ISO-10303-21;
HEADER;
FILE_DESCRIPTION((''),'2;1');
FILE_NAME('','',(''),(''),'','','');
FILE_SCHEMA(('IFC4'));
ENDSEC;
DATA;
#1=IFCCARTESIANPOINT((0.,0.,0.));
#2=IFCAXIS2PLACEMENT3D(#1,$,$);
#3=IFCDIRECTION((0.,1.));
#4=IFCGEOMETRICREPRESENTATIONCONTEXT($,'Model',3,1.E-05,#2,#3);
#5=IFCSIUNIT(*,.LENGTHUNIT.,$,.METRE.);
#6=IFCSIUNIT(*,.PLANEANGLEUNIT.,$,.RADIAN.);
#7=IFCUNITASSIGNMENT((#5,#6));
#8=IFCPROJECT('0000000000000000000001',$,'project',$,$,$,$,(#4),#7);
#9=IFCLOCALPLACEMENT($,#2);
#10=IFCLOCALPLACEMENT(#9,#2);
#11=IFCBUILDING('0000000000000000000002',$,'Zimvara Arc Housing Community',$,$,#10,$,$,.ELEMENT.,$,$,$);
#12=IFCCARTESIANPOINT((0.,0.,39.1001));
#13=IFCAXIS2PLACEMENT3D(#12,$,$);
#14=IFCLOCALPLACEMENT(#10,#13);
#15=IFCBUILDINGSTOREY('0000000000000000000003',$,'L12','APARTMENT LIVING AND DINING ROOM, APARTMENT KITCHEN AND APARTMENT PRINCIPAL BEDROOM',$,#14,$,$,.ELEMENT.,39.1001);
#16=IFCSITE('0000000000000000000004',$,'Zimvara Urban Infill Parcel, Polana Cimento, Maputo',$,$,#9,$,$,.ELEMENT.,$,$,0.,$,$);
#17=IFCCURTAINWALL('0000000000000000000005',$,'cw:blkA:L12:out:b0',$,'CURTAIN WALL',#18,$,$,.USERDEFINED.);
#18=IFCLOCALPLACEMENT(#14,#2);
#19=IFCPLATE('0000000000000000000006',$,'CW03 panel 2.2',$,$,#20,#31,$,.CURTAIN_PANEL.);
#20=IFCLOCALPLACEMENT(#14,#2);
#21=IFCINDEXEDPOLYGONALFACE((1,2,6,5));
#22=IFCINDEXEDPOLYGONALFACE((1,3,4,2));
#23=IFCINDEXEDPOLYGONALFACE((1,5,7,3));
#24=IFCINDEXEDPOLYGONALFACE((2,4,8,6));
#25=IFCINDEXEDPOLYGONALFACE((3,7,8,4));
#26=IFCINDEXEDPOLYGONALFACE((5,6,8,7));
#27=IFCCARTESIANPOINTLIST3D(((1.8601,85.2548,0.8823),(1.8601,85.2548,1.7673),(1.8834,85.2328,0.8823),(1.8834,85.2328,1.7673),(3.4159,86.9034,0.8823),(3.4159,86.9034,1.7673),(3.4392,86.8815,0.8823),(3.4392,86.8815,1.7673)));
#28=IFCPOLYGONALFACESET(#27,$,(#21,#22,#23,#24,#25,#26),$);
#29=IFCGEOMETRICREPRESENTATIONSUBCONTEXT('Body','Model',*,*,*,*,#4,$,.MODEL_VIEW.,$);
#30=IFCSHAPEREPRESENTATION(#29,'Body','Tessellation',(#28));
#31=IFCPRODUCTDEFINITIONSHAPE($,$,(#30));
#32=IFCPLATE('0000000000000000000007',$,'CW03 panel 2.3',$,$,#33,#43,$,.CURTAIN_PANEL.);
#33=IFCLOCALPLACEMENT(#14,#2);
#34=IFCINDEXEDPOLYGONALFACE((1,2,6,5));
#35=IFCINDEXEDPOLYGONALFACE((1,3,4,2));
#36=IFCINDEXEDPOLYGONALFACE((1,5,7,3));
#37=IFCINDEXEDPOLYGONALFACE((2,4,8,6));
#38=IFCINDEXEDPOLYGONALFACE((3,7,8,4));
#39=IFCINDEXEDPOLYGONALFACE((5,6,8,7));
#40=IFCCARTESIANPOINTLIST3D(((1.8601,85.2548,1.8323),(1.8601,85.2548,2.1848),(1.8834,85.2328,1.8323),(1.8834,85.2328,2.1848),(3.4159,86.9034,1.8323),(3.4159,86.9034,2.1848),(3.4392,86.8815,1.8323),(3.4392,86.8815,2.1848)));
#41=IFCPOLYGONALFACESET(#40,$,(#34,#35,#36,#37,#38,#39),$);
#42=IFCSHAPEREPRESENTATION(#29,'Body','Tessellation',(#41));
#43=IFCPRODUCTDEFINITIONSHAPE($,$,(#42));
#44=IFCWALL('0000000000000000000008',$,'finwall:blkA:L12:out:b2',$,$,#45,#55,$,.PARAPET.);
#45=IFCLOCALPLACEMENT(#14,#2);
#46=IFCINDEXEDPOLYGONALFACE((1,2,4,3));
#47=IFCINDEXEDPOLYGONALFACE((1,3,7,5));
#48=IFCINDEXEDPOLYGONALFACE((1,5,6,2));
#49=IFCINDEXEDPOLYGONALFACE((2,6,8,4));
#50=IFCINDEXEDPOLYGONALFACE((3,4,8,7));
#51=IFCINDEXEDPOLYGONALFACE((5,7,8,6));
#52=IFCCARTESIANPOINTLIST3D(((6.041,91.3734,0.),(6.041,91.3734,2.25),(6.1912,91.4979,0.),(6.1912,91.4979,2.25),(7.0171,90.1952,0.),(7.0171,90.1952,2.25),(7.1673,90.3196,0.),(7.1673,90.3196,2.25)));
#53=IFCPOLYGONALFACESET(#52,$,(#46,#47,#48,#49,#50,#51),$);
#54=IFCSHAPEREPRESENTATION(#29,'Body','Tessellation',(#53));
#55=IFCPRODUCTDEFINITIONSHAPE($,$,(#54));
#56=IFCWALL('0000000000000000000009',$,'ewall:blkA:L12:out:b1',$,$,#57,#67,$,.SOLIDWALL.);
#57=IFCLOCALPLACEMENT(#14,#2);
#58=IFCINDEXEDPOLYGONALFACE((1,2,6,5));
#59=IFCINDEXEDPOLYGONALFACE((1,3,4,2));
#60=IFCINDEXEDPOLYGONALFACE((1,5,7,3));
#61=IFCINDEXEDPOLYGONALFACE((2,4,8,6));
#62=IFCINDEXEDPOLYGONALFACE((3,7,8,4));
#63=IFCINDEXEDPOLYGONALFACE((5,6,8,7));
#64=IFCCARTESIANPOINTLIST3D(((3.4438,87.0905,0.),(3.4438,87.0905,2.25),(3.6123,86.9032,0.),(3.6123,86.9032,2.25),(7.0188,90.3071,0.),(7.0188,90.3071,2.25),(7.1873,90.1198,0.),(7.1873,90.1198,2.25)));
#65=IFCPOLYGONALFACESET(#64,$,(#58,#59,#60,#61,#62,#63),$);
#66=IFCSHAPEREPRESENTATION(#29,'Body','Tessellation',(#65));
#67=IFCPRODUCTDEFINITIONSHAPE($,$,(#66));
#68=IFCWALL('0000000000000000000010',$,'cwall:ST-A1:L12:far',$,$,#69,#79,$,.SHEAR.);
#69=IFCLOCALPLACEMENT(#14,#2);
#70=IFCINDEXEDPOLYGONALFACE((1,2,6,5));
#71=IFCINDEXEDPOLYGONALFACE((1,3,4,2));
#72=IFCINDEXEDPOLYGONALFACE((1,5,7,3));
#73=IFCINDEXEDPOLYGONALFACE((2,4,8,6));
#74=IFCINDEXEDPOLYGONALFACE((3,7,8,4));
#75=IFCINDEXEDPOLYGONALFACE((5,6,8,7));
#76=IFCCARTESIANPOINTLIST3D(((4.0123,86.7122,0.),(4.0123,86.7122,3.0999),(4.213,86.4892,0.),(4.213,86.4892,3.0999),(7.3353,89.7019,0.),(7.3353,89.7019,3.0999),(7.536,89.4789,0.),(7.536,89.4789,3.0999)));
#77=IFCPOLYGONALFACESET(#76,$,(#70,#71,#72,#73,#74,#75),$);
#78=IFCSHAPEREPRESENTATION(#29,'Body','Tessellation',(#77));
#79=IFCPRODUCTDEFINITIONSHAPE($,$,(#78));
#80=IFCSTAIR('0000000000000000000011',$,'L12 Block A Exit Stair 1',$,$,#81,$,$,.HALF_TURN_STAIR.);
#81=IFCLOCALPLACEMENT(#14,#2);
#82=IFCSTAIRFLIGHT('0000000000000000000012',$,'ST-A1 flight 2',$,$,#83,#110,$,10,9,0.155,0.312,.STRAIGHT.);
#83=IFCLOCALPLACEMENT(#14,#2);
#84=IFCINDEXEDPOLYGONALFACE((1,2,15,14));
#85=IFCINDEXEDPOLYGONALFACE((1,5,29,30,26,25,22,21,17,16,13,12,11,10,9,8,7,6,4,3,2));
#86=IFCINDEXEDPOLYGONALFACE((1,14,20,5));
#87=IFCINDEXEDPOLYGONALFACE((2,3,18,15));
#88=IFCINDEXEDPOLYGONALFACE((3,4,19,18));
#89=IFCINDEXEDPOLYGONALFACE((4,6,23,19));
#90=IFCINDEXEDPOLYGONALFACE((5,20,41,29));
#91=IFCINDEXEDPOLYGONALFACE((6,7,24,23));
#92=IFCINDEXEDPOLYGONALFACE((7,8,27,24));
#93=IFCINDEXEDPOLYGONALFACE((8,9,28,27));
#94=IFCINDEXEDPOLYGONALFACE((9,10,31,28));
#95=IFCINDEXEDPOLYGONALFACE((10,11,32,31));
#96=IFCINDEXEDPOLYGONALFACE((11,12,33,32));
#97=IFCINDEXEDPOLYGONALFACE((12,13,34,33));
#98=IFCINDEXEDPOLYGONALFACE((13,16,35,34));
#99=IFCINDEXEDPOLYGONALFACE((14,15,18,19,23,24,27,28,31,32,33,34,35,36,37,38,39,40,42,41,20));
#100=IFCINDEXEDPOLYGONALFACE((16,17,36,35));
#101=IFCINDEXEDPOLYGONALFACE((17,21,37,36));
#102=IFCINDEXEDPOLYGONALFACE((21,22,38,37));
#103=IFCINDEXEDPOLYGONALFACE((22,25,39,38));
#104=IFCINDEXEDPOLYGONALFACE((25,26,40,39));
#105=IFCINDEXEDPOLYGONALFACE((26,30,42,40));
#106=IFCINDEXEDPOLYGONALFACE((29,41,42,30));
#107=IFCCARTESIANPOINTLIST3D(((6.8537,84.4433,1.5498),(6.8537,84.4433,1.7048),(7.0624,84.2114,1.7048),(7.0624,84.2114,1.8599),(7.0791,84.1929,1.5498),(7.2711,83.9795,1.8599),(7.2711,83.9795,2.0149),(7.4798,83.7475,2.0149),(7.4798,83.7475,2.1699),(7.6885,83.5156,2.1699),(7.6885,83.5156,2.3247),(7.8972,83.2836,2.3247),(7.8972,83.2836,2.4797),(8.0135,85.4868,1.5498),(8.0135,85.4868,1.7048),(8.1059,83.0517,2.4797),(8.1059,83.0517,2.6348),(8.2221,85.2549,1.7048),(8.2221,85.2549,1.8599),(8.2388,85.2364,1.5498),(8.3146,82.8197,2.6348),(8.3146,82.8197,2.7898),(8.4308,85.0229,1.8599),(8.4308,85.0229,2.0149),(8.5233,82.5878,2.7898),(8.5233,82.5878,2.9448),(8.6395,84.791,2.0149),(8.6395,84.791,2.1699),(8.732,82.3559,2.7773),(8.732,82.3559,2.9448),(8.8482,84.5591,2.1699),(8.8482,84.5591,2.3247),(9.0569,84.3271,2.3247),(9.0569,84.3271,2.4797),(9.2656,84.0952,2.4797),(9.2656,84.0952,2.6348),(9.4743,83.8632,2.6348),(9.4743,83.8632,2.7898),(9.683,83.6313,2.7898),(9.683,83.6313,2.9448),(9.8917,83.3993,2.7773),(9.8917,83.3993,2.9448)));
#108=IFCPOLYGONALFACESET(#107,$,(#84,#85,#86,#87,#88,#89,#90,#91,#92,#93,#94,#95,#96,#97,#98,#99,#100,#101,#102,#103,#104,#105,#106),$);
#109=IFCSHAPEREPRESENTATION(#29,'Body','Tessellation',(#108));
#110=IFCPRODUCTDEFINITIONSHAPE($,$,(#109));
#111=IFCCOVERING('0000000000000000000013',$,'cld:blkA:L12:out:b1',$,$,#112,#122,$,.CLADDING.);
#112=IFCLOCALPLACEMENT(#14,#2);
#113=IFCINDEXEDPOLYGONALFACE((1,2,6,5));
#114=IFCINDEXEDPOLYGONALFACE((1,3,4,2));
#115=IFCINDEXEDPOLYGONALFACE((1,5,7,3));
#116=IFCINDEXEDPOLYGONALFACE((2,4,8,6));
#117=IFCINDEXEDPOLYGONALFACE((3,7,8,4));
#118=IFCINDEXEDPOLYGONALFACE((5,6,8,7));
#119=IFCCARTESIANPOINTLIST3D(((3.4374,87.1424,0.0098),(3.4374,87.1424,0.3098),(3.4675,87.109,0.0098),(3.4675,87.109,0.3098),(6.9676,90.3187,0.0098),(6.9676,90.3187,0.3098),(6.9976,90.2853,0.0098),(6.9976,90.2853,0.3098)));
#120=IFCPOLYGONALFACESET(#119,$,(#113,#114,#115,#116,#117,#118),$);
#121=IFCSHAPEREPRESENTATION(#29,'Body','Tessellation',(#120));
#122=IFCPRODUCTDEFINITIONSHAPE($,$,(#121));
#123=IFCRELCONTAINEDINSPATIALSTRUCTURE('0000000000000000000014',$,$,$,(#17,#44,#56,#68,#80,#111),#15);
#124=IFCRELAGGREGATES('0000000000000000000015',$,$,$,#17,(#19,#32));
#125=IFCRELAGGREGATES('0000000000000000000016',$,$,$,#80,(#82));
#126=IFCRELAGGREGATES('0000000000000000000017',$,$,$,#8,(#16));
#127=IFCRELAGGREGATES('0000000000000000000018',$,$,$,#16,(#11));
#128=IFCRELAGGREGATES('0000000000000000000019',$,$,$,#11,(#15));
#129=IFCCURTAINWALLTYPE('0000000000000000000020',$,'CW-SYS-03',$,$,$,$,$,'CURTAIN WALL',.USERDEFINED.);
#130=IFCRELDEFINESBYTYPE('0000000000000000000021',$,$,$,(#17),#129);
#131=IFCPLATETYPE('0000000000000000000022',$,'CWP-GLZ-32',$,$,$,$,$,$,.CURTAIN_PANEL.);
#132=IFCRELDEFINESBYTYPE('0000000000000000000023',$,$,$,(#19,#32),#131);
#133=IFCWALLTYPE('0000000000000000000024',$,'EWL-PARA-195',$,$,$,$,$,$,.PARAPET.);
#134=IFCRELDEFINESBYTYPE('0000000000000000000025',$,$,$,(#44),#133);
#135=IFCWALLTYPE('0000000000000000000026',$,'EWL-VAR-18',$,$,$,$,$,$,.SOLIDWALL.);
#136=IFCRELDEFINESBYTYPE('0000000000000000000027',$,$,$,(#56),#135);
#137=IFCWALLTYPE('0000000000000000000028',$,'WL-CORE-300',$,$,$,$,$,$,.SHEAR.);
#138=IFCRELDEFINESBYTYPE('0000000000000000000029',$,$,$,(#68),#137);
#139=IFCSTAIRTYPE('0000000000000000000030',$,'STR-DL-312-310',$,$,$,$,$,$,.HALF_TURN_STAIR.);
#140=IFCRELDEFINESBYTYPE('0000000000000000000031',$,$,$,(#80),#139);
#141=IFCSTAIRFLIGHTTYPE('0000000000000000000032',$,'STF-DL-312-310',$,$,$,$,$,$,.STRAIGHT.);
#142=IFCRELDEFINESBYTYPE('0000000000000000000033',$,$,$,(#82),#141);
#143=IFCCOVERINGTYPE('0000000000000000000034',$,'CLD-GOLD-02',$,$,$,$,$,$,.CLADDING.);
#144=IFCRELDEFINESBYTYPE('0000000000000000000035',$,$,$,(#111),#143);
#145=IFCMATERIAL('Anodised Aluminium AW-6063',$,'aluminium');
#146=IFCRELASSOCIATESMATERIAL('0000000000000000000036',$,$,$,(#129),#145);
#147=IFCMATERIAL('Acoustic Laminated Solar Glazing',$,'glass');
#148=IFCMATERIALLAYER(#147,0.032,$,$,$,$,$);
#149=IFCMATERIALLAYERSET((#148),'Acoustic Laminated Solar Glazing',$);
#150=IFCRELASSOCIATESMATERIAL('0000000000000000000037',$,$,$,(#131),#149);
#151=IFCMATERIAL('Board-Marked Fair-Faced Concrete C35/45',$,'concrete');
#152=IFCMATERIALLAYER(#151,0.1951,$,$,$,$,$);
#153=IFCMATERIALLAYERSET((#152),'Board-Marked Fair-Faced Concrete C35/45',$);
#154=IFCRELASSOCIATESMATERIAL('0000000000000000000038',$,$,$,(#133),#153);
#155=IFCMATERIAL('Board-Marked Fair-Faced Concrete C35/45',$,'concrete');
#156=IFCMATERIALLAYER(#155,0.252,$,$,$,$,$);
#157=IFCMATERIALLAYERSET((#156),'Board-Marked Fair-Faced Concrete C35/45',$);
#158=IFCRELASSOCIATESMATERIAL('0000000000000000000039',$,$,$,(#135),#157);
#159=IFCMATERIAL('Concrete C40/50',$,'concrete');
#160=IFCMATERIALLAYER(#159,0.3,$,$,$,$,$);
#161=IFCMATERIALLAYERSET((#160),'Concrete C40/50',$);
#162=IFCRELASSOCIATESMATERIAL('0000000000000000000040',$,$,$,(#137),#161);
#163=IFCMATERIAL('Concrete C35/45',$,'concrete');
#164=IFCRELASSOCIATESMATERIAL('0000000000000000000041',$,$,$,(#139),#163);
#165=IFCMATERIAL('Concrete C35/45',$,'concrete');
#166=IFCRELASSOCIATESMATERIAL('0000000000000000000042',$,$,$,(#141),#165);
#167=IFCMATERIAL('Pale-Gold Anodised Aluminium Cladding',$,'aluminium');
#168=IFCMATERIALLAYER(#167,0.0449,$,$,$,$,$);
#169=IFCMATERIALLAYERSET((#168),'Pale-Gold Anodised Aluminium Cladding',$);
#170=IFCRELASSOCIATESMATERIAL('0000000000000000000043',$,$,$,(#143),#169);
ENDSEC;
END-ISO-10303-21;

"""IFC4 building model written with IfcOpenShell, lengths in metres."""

from ifc_helpers import new_model, si_unit, direction, frame, frame_2d, origin, origin_2d, place, context, subcontext, project, spatial, polyline, rectangle, outline, extrude, material, layer, layer_set, type_object, element, aggregate, save


model = new_model("IFC4")

# Units and contexts
model_context = context("Model", 3, precision=1e-05, world=origin(), true_north=direction((0.0, 1.0)))
body_context = subcontext(model_context, "Body", "Model", "MODEL_VIEW")
ifc_project = project(units=[si_unit("LENGTHUNIT", "METRE"), si_unit("PLANEANGLEUNIT", "RADIAN")], contexts=[model_context])

# Site, building, storey
site_placement = place(None, origin())
site = spatial("IfcSite", under=ifc_project, at=site_placement, Name="Zimvara Urban Infill Parcel, Polana Cimento, Maputo", CompositionType="ELEMENT", RefElevation=0.0)
building_placement = place(site_placement, origin())
building = spatial("IfcBuilding", under=site, at=building_placement, Name="Zimvara Arc Housing Community", CompositionType="ELEMENT")
storey_placement = place(building_placement, frame((0.0, 0.0, 39.1001)))
storey = spatial("IfcBuildingStorey", under=building, at=storey_placement, Name="L12", Description="APARTMENT LIVING AND DINING ROOM, APARTMENT KITCHEN AND APARTMENT PRINCIPAL BEDROOM", CompositionType="ELEMENT", Elevation=39.1001)

# Curtain wall
ifc_material_1 = material(Name="Anodised Aluminium AW-6063", Category="aluminium")
curtain_wall_type_1 = type_object("IfcCurtainWallType", Name="CW-SYS-03", ElementType="CURTAIN WALL", PredefinedType="USERDEFINED", material=ifc_material_1)
curtain_wall_1_placement = place(storey_placement, origin())
curtain_wall_1 = element("IfcCurtainWall", 1, at=curtain_wall_1_placement, inside=storey, type_object=curtain_wall_type_1, Name="cw:blkA:L12:out:b0", ObjectType="CURTAIN WALL", PredefinedType="USERDEFINED")

# Plates
ifc_material_2 = material(Name="Acoustic Laminated Solar Glazing", Category="glass")
ifc_layer_1 = layer(ifc_material_2, 0.032)
ifc_layer_set_1 = layer_set([ifc_layer_1], Name="Acoustic Laminated Solar Glazing")
plate_type = type_object("IfcPlateType", Name="CWP-GLZ-32", PredefinedType="CURTAIN_PANEL", material=ifc_layer_set_1)
plate_1_placement = place(storey_placement, frame((2.6497, 86.0681, 0.8823), z_axis=(0.0, 0.0, 1.0), x_axis=(0.686326, 0.727294, 0.0)))
plate_1 = element("IfcPlate", 2, at=plate_1_placement, type_object=plate_type, Name="CW03 panel 2.2", PredefinedType="CURTAIN_PANEL", context=body_context, shape_type="SweptSolid", body=[
    extrude(rectangle(XDim=2.2668, YDim=0.032, at=origin_2d()), origin(), (0.0, 0.0, 1.0), 0.885),
])
plate_2_placement = place(storey_placement, frame((2.6497, 86.0681, 1.8323), z_axis=(0.0, 0.0, 1.0), x_axis=(0.686326, 0.727294, 0.0)))
plate_2 = element("IfcPlate", 3, at=plate_2_placement, type_object=plate_type, Name="CW03 panel 2.3", PredefinedType="CURTAIN_PANEL", context=body_context, shape_type="SweptSolid", body=[
    extrude(rectangle(XDim=2.2668, YDim=0.032, at=origin_2d()), origin(), (0.0, 0.0, 1.0), 0.3525),
])
aggregate(curtain_wall_1, [plate_1, plate_2])

# Walls
ifc_material_3 = material(Name="Board-Marked Fair-Faced Concrete C35/45", Category="concrete")
ifc_layer_2 = layer(ifc_material_3, 0.1951)
ifc_layer_set_2 = layer_set([ifc_layer_2], Name="Board-Marked Fair-Faced Concrete C35/45")
wall_type_1 = type_object("IfcWallType", Name="EWL-PARA-195", PredefinedType="PARAPET", material=ifc_layer_set_2)
wall_1_placement = place(storey_placement, frame((7.0923, 90.2573, 0.0), z_axis=(0.0, 0.0, 1.0), x_axis=(-0.637953, 0.770075, 0.0)))
element("IfcWall", 4, at=wall_1_placement, inside=storey, type_object=wall_type_1, Name="finwall:blkA:L12:out:b2", PredefinedType="PARAPET", context=body_context, shape_type="SweptSolid", body=[
    extrude(rectangle(XDim=1.53, YDim=0.1951, at=frame_2d((0.7651, 0.0))), origin(), (0.0, 0.0, 1.0), 2.25),
])
ifc_material_4 = material(Name="Board-Marked Fair-Faced Concrete C35/45", Category="concrete")
ifc_layer_3 = layer(ifc_material_4, 0.252)
ifc_layer_set_3 = layer_set([ifc_layer_3], Name="Board-Marked Fair-Faced Concrete C35/45")
wall_type_2 = type_object("IfcWallType", Name="EWL-VAR-18", PredefinedType="SOLIDWALL", material=ifc_layer_set_3)
wall_2_placement = place(storey_placement, frame((3.5281, 86.9968, 0.0), z_axis=(0.0, 0.0, 1.0), x_axis=(0.743388, 0.668861, 0.0)))
element("IfcWall", 5, at=wall_2_placement, inside=storey, type_object=wall_type_2, Name="ewall:blkA:L12:out:b1", PredefinedType="SOLIDWALL", context=body_context, shape_type="SweptSolid", body=[
    extrude(rectangle(XDim=4.8091, YDim=0.252, at=frame_2d((2.4045, 0.0))), origin(), (0.0, 0.0, 1.0), 2.25),
])
ifc_material_5 = material(Name="Concrete C40/50", Category="concrete")
ifc_layer_4 = layer(ifc_material_5, 0.3)
ifc_layer_set_4 = layer_set([ifc_layer_4], Name="Concrete C40/50")
wall_type_3 = type_object("IfcWallType", Name="WL-CORE-300", PredefinedType="SHEAR", material=ifc_layer_set_4)
wall_3_placement = place(storey_placement, frame((7.4355, 89.5903, 0.0), z_axis=(0.0, 0.0, 1.0), x_axis=(-0.7434, -0.668847, 0.0)))
element("IfcWall", 6, at=wall_3_placement, inside=storey, type_object=wall_type_3, Name="cwall:ST-A1:L12:far", PredefinedType="SHEAR", context=body_context, shape_type="SweptSolid", body=[
    extrude(rectangle(XDim=4.47, YDim=0.3, at=frame_2d((2.2349, 0.0))), origin(), (0.0, 0.0, 1.0), 3.0999),
])

# Stair, stair flight
ifc_material_6 = material(Name="Concrete C35/45", Category="concrete")
stair_type = type_object("IfcStairType", Name="STR-DL-312-310", PredefinedType="HALF_TURN_STAIR", material=ifc_material_6)
stair_placement = place(storey_placement, origin())
stair = element("IfcStair", 7, at=stair_placement, inside=storey, type_object=stair_type, Name="L12 Block A Exit Stair 1", PredefinedType="HALF_TURN_STAIR")
ifc_material_7 = material(Name="Concrete C35/45", Category="concrete")
stair_flight_type = type_object("IfcStairFlightType", Name="STF-DL-312-310", PredefinedType="STRAIGHT", material=ifc_material_7)
stair_flight_placement = place(storey_placement, frame((7.4336, 84.9651, 1.5498), z_axis=(0.0, 0.0, 1.0), x_axis=(0.668871, -0.743378, 0.0)))
stair_flight = element("IfcStairFlight", 8, at=stair_flight_placement, type_object=stair_flight_type, Name="ST-A1 flight 2", NumberOfRisers=10, NumberOfTreads=9, PredefinedType="STRAIGHT", RiserHeight=0.155, TreadLength=0.312, context=body_context, shape_type="SweptSolid", body=[
    extrude(outline(polyline([(0.0, 0.0), (0.0, 0.155), (0.312, 0.155), (0.312, 0.3101), (0.624, 0.3101), (0.624, 0.4651), (0.936, 0.4651), (0.936, 0.6201), (1.248, 0.6201), (1.248, 0.7749), (1.5601, 0.7749), (1.5601, 0.9299), (1.8721, 0.9299), (1.8721, 1.085), (2.1841, 1.085), (2.1841, 1.24), (2.4961, 1.24), (2.4961, 1.395), (2.8081, 1.395), (2.8081, 1.55), (2.8081, 1.2275), (0.3369, 0.0), (0.0, 0.0)])), frame((0.0, 0.78, 0.0), z_axis=(0.0, -1.0, 0.0), x_axis=(1.0, 0.0, 0.0)), (0.0, 0.0, 1.0), 1.5601),
])
aggregate(stair, [stair_flight])

# Covering
ifc_material_8 = material(Name="Pale-Gold Anodised Aluminium Cladding", Category="aluminium")
ifc_layer_5 = layer(ifc_material_8, 0.0449)
ifc_layer_set_5 = layer_set([ifc_layer_5], Name="Pale-Gold Anodised Aluminium Cladding")
covering_type = type_object("IfcCoveringType", Name="CLD-GOLD-02", PredefinedType="CLADDING", material=ifc_layer_set_5)
covering_placement = place(storey_placement, frame((5.2175, 88.7139, 0.0098), z_axis=(0.0, 0.0, 1.0), x_axis=(0.743377, 0.668872, 0.0)))
element("IfcCovering", 9, at=covering_placement, inside=storey, type_object=covering_type, Name="cld:blkA:L12:out:b1", PredefinedType="CLADDING", context=body_context, shape_type="SweptSolid", body=[
    extrude(rectangle(XDim=4.7488, YDim=0.0449, at=origin_2d()), origin(), (0.0, 0.0, 1.0), 0.3),
])

save(model, "model.ifc")
